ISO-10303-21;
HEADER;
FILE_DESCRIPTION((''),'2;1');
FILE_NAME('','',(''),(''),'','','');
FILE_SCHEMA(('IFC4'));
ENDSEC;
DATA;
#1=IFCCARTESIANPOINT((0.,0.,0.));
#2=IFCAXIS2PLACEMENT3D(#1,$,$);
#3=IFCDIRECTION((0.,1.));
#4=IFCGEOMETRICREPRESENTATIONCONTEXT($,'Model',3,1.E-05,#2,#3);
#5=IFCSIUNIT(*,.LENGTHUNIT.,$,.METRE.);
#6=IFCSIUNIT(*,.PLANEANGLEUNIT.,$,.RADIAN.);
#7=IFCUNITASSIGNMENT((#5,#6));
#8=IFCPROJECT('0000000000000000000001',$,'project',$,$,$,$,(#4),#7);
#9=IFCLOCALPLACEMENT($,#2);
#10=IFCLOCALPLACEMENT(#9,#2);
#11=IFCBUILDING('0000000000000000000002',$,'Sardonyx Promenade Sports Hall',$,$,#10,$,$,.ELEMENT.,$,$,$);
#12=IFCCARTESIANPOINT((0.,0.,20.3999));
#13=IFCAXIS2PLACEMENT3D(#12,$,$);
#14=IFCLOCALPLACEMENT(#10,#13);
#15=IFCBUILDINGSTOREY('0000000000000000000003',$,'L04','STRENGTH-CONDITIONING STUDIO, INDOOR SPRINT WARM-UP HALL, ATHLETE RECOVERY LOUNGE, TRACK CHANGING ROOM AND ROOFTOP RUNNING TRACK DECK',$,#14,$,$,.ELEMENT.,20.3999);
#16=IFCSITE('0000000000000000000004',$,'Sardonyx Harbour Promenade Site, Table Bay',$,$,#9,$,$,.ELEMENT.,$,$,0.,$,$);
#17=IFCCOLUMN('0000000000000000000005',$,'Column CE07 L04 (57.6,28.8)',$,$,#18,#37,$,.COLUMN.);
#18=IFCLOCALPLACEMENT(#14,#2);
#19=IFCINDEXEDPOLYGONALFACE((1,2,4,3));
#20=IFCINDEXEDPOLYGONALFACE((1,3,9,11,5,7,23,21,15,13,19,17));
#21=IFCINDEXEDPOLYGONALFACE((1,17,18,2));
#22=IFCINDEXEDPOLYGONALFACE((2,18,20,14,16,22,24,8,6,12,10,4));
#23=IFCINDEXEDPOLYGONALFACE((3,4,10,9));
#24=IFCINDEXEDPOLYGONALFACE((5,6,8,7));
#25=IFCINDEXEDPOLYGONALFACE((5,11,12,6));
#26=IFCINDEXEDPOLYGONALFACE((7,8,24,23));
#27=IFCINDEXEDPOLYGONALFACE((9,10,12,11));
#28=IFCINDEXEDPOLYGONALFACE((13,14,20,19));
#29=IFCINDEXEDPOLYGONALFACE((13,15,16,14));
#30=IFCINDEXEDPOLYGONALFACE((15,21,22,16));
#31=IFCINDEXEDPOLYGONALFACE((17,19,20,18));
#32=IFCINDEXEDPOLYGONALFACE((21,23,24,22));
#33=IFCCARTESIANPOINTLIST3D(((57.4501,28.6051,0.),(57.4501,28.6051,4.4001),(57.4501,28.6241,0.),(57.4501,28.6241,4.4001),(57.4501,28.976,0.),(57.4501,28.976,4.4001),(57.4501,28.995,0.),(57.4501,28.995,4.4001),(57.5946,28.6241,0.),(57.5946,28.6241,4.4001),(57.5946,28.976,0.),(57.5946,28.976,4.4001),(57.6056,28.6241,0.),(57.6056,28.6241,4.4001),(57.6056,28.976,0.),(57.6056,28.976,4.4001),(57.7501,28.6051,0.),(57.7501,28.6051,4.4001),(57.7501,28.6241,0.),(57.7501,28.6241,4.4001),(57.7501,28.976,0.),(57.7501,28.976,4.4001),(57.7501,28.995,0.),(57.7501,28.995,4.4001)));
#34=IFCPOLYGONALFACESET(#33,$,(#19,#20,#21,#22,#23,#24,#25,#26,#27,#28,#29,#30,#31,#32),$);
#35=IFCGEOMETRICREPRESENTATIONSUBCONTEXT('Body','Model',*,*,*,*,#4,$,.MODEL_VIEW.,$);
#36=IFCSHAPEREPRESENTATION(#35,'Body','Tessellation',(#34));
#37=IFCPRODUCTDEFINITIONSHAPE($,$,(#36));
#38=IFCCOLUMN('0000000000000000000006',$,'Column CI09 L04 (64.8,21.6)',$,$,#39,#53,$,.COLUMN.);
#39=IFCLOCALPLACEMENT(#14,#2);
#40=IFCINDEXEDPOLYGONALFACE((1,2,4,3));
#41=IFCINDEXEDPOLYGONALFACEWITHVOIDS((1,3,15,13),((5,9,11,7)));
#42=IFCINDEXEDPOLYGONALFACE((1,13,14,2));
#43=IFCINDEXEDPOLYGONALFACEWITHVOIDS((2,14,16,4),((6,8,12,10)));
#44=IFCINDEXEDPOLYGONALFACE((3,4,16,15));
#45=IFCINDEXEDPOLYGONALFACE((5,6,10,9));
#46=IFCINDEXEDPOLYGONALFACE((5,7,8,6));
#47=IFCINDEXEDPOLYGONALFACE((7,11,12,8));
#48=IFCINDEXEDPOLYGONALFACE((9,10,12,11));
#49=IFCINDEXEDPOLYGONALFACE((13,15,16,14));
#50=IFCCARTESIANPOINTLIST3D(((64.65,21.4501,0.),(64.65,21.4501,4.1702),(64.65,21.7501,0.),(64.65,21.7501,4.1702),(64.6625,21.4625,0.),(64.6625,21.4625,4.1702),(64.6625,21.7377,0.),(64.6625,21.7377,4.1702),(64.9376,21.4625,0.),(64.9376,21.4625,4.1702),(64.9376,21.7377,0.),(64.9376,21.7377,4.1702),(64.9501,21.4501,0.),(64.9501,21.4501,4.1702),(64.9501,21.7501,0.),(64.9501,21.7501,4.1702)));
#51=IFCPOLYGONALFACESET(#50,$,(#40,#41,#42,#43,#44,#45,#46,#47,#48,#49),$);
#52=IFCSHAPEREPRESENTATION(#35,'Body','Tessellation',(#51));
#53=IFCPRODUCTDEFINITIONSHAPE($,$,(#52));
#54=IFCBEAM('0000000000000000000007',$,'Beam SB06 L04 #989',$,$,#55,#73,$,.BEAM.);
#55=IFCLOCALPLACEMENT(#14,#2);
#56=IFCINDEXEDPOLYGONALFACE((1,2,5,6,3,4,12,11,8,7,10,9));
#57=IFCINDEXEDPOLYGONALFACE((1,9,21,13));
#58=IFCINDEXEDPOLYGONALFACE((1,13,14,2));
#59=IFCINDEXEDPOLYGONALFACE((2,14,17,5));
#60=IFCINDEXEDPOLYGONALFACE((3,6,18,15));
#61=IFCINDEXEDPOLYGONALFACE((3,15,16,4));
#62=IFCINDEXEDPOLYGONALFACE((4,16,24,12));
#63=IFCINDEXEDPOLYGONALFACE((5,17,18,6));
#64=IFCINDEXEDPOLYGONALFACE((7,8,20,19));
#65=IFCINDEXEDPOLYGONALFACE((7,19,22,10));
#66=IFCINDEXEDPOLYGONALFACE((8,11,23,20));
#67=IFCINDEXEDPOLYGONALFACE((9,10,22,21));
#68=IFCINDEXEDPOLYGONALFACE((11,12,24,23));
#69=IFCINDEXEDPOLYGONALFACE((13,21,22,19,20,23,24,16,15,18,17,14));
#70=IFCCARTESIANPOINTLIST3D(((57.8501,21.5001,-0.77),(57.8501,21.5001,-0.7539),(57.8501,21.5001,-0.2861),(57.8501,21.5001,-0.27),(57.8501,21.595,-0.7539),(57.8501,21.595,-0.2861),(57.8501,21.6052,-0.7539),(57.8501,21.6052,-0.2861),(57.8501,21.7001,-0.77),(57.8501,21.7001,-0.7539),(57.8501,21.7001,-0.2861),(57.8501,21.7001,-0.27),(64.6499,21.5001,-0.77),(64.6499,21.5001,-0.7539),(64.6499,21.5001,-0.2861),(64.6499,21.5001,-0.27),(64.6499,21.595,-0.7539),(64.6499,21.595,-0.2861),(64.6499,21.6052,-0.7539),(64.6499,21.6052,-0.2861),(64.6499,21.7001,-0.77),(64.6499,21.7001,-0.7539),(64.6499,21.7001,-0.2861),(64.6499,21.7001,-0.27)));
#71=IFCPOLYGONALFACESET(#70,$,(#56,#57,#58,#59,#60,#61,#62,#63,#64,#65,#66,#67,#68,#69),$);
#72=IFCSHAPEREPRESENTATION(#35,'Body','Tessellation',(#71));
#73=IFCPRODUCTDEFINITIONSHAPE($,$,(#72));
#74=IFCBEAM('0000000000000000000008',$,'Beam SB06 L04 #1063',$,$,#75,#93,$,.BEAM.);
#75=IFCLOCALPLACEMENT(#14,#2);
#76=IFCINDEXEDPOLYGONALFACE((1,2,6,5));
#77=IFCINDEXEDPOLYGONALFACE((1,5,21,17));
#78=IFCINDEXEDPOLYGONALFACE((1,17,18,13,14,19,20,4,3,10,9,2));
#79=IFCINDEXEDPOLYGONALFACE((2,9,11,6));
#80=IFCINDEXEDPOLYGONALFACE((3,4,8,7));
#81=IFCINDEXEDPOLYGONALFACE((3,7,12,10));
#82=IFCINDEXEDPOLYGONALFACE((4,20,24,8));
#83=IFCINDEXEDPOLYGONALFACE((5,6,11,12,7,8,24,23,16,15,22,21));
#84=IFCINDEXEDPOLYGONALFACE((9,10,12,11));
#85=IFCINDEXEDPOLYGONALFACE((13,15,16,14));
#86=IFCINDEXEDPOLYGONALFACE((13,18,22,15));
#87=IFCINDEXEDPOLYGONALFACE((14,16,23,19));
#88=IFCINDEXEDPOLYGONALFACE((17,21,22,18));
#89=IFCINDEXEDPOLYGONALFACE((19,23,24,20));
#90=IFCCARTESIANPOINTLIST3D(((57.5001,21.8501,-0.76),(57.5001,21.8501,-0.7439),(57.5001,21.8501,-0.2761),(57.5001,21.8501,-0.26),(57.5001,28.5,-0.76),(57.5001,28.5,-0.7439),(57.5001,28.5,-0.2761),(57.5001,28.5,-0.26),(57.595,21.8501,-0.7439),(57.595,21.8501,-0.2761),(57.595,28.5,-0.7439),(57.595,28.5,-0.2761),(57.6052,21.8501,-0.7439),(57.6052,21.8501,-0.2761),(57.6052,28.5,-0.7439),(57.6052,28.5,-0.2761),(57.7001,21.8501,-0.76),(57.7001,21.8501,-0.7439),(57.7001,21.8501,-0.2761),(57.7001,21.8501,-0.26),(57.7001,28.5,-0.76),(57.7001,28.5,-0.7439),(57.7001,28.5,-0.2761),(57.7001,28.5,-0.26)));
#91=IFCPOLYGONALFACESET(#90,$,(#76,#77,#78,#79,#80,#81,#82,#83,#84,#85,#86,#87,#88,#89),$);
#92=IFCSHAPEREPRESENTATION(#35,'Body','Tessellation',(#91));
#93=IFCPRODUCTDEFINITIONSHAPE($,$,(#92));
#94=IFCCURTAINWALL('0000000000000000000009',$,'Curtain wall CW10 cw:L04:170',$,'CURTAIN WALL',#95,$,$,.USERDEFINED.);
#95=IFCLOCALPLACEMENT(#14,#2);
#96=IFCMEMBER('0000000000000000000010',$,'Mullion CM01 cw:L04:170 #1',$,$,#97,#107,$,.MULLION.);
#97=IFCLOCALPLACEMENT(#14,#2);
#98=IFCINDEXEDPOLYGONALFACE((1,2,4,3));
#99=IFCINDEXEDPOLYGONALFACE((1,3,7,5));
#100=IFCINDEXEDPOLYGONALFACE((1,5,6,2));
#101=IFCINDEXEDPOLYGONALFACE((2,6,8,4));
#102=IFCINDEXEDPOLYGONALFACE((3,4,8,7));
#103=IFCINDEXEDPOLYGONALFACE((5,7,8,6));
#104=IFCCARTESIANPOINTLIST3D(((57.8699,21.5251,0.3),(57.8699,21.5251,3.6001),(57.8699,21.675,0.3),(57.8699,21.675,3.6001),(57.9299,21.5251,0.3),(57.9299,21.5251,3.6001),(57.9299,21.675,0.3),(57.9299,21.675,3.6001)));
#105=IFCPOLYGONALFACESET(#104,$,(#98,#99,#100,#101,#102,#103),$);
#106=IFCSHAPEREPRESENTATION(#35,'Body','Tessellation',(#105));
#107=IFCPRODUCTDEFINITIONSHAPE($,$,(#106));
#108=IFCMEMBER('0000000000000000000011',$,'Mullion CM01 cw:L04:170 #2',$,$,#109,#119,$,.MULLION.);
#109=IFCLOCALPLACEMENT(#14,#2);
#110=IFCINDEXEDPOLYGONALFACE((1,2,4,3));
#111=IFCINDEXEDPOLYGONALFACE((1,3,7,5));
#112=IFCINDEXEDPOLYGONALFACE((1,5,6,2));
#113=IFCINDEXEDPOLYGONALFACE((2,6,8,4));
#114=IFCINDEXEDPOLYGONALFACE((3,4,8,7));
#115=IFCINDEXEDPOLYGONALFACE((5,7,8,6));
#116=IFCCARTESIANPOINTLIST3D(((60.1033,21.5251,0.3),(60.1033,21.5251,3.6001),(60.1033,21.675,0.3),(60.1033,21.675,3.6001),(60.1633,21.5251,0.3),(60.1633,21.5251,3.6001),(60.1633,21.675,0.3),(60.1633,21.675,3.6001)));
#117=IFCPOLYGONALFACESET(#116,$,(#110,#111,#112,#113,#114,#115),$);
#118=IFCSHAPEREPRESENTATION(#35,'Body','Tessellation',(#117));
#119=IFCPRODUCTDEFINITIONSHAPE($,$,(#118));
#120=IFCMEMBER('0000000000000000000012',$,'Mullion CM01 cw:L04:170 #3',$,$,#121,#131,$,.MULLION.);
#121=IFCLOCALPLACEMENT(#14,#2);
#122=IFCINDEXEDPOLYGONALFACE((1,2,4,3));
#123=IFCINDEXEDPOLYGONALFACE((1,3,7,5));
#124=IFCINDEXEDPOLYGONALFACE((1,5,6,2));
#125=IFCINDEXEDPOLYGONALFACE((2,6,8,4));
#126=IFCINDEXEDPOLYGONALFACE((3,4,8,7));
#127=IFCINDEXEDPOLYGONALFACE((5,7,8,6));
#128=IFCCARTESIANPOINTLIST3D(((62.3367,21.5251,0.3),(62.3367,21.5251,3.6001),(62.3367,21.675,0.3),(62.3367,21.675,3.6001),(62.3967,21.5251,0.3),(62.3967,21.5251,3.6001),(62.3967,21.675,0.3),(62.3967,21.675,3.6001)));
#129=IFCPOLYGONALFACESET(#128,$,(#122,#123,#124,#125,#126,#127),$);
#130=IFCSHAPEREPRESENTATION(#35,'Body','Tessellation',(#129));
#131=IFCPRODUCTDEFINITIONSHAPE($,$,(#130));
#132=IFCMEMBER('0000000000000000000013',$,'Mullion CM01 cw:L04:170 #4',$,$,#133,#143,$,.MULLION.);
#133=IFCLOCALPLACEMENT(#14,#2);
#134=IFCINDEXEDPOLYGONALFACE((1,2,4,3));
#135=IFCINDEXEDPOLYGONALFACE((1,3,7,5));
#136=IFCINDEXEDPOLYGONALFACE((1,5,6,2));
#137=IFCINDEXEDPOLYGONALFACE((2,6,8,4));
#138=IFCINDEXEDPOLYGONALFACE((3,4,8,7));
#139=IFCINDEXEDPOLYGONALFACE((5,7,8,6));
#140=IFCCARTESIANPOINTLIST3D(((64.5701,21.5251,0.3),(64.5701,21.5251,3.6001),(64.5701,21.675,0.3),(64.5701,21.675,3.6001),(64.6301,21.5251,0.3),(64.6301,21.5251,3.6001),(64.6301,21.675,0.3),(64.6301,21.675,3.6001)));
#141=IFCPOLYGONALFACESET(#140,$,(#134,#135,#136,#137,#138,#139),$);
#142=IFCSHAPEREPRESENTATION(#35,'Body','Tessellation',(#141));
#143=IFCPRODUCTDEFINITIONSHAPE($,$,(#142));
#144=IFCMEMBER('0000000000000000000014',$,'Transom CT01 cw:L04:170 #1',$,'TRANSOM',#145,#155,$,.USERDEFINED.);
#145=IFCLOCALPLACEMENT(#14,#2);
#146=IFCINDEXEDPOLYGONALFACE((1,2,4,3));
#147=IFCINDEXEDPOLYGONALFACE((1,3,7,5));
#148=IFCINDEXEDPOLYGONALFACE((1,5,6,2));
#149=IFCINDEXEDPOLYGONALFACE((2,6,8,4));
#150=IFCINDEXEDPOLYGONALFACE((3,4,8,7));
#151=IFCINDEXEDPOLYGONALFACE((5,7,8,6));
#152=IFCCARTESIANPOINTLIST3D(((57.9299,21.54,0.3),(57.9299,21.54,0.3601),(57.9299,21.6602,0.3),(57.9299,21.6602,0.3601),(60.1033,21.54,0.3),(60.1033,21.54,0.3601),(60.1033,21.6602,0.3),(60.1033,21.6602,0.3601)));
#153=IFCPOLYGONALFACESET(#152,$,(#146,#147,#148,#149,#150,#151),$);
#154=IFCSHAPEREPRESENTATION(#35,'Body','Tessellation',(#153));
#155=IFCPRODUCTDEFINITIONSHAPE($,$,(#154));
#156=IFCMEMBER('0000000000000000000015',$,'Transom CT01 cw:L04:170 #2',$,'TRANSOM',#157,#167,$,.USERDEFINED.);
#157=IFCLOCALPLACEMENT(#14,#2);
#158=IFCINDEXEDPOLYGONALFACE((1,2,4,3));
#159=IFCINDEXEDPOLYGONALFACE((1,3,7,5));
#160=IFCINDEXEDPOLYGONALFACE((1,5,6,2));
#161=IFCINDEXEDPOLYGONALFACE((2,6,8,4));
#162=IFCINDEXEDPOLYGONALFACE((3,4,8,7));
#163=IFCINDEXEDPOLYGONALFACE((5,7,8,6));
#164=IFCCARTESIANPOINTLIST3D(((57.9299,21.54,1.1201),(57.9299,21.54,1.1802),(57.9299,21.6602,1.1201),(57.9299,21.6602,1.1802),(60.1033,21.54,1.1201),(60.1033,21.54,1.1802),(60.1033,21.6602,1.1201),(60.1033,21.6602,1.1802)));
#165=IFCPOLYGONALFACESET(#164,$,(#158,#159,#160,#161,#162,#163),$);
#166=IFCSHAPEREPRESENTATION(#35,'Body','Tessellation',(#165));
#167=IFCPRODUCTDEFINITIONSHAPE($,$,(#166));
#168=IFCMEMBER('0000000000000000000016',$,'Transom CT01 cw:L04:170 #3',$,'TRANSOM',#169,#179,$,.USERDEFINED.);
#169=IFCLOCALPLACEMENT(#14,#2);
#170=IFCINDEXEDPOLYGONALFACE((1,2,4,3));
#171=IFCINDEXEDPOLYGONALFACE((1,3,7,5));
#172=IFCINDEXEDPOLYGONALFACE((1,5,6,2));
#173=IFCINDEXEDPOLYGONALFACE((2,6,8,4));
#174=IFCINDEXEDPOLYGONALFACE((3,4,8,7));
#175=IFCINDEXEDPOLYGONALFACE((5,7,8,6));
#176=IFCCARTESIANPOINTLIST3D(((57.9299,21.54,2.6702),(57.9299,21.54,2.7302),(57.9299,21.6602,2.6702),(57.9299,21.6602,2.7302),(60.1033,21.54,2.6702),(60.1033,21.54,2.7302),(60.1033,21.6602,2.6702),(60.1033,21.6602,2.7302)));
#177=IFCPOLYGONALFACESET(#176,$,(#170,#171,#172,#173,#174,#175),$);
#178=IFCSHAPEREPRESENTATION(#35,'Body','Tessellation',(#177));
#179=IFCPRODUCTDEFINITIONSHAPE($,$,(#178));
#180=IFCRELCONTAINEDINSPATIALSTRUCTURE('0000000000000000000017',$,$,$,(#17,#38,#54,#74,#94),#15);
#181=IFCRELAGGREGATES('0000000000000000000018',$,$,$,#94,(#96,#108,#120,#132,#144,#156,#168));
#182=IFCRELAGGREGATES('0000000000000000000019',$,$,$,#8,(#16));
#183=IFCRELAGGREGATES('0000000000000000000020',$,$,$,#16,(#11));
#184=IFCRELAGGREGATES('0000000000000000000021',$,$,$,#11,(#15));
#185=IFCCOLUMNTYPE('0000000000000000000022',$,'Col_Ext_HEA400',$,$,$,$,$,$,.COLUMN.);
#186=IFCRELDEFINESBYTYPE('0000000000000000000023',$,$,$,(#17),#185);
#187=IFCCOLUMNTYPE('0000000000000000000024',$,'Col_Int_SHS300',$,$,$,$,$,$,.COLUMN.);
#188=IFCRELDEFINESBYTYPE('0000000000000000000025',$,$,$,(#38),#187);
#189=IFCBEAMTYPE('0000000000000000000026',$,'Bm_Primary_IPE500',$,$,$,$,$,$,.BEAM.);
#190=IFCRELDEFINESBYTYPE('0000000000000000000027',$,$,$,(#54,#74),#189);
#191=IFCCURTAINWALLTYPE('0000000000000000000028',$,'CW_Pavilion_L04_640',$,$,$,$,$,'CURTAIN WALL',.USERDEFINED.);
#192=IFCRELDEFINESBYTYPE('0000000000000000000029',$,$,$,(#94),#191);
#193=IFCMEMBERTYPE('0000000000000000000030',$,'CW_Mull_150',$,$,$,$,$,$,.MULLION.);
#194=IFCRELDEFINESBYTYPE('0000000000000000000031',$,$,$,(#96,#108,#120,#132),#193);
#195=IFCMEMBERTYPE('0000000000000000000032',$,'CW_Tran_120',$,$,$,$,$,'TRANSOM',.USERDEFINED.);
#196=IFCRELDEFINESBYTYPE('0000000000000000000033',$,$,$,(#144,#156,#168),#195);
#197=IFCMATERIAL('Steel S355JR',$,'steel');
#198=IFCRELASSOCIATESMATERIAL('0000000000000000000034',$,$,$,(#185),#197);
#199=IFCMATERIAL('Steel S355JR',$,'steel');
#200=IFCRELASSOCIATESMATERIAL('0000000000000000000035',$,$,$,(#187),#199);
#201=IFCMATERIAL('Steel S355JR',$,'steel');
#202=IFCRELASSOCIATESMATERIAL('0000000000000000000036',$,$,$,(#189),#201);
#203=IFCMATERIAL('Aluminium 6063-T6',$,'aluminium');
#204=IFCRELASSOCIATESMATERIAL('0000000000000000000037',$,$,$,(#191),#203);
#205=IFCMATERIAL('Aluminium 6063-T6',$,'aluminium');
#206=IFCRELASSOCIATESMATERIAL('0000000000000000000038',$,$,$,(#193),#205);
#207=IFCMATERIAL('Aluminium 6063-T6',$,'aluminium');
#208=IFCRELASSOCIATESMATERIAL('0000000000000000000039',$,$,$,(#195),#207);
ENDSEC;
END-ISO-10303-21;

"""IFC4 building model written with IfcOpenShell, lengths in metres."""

from ifc_helpers import new_model, si_unit, direction, frame, origin, origin_2d, place, context, subcontext, project, spatial, rectangle, hollow_rectangle, i_section, extrude, material, material_profile, profile_set, type_object, element, aggregate, save


model = new_model("IFC4")

# Units and contexts
model_context = context("Model", 3, precision=1e-05, world=origin(), true_north=direction((0.0, 1.0)))
body_context = subcontext(model_context, "Body", "Model", "MODEL_VIEW")
ifc_project = project(units=[si_unit("LENGTHUNIT", "METRE"), si_unit("PLANEANGLEUNIT", "RADIAN")], contexts=[model_context])

# Site, building, storey
site_placement = place(None, origin())
site = spatial("IfcSite", under=ifc_project, at=site_placement, Name="Sardonyx Harbour Promenade Site, Table Bay", CompositionType="ELEMENT", RefElevation=0.0)
building_placement = place(site_placement, origin())
building = spatial("IfcBuilding", under=site, at=building_placement, Name="Sardonyx Promenade Sports Hall", CompositionType="ELEMENT")
storey_placement = place(building_placement, frame((0.0, 0.0, 20.3999)))
storey = spatial("IfcBuildingStorey", under=building, at=storey_placement, Name="L04", Description="STRENGTH-CONDITIONING STUDIO, INDOOR SPRINT WARM-UP HALL, ATHLETE RECOVERY LOUNGE, TRACK CHANGING ROOM AND ROOFTOP RUNNING TRACK DECK", CompositionType="ELEMENT", Elevation=20.3999)

# Columns
ifc_material_1 = material(Name="Steel S355JR", Category="steel")
ifc_material_profile_1 = material_profile(ifc_material_1, i_section(OverallWidth=0.3, OverallDepth=0.3899, WebThickness=0.011, FlangeThickness=0.019, at=origin_2d()))
ifc_profile_set_1 = profile_set([ifc_material_profile_1], Name="Steel S355JR")
column_type_1 = type_object("IfcColumnType", Name="Col_Ext_HEA400", PredefinedType="COLUMN", material=ifc_profile_set_1)
column_1_placement = place(storey_placement, frame((57.6001, 28.8, 0.0), z_axis=(0.0, 0.0, 1.0), x_axis=(1.0, 0.0, 0.0)))
element("IfcColumn", 1, at=column_1_placement, inside=storey, type_object=column_type_1, Name="Column CE07 L04 (57.6,28.8)", PredefinedType="COLUMN", context=body_context, shape_type="SweptSolid", body=[
    extrude(i_section(OverallWidth=0.3, OverallDepth=0.3899, WebThickness=0.011, FlangeThickness=0.019, at=origin_2d()), origin(), (0.0, 0.0, 1.0), 4.4001),
])
ifc_material_2 = material(Name="Steel S355JR", Category="steel")
ifc_material_profile_2 = material_profile(ifc_material_2, hollow_rectangle(XDim=0.3, YDim=0.3, WallThickness=0.0125, at=origin_2d()))
ifc_profile_set_2 = profile_set([ifc_material_profile_2], Name="Steel S355JR")
column_type_2 = type_object("IfcColumnType", Name="Col_Int_SHS300", PredefinedType="COLUMN", material=ifc_profile_set_2)
column_2_placement = place(storey_placement, frame((64.8, 21.6001, 0.0), z_axis=(0.0, 0.0, 1.0), x_axis=(1.0, 0.0, 0.0)))
element("IfcColumn", 2, at=column_2_placement, inside=storey, type_object=column_type_2, Name="Column CI09 L04 (64.8,21.6)", PredefinedType="COLUMN", context=body_context, shape_type="SweptSolid", body=[
    extrude(hollow_rectangle(XDim=0.3, YDim=0.3, WallThickness=0.0125, at=origin_2d()), origin(), (0.0, 0.0, 1.0), 4.1702),
])

# Beams
ifc_material_3 = material(Name="Steel S355JR", Category="steel")
ifc_material_profile_3 = material_profile(ifc_material_3, i_section(OverallWidth=0.2, OverallDepth=0.5, WebThickness=0.0103, FlangeThickness=0.0161, at=origin_2d()))
ifc_profile_set_3 = profile_set([ifc_material_profile_3], Name="Steel S355JR")
beam_type = type_object("IfcBeamType", Name="Bm_Primary_IPE500", PredefinedType="BEAM", material=ifc_profile_set_3)
beam_1_placement = place(storey_placement, frame((57.8501, 21.6001, -0.52), z_axis=(1.0, 0.0, 0.0), x_axis=(0.0, 1.0, 0.0)))
element("IfcBeam", 3, at=beam_1_placement, inside=storey, type_object=beam_type, Name="Beam SB06 L04 #989", PredefinedType="BEAM", context=body_context, shape_type="SweptSolid", body=[
    extrude(i_section(OverallWidth=0.2, OverallDepth=0.5, WebThickness=0.0103, FlangeThickness=0.0161, at=origin_2d()), origin(), (0.0, 0.0, 1.0), 6.7998),
])
beam_2_placement = place(storey_placement, frame((57.6001, 21.8501, -0.51), z_axis=(0.0, 1.0, 0.0), x_axis=(-1.0, 0.0, 0.0)))
element("IfcBeam", 4, at=beam_2_placement, inside=storey, type_object=beam_type, Name="Beam SB06 L04 #1063", PredefinedType="BEAM", context=body_context, shape_type="SweptSolid", body=[
    extrude(i_section(OverallWidth=0.2, OverallDepth=0.5, WebThickness=0.0103, FlangeThickness=0.0161, at=origin_2d()), origin(), (0.0, 0.0, 1.0), 6.6499),
])

# Curtain wall, members
ifc_material_4 = material(Name="Aluminium 6063-T6", Category="aluminium")
curtain_wall_type = type_object("IfcCurtainWallType", Name="CW_Pavilion_L04_640", ElementType="CURTAIN WALL", PredefinedType="USERDEFINED", material=ifc_material_4)
curtain_wall_placement = place(storey_placement, origin())
curtain_wall = element("IfcCurtainWall", 5, at=curtain_wall_placement, inside=storey, type_object=curtain_wall_type, Name="Curtain wall CW10 cw:L04:170", ObjectType="CURTAIN WALL", PredefinedType="USERDEFINED")
ifc_material_5 = material(Name="Aluminium 6063-T6", Category="aluminium")
ifc_material_profile_4 = material_profile(ifc_material_5, rectangle(XDim=0.0601, YDim=0.1499, at=origin_2d()))
ifc_profile_set_4 = profile_set([ifc_material_profile_4], Name="Aluminium 6063-T6")
member_type_1 = type_object("IfcMemberType", Name="CW_Mull_150", PredefinedType="MULLION", material=ifc_profile_set_4)
member_1_placement = place(storey_placement, frame((57.8999, 21.6001, 0.3), z_axis=(0.0, 0.0, 1.0), x_axis=(1.0, 0.0, 0.0)))
member_1 = element("IfcMember", 6, at=member_1_placement, type_object=member_type_1, Name="Mullion CM01 cw:L04:170 #1", PredefinedType="MULLION", context=body_context, shape_type="SweptSolid", body=[
    extrude(rectangle(XDim=0.0601, YDim=0.1499, at=origin_2d()), origin(), (0.0, 0.0, 1.0), 3.3),
])
member_2_placement = place(storey_placement, frame((60.1333, 21.6001, 0.3), z_axis=(0.0, 0.0, 1.0), x_axis=(1.0, 0.0, 0.0)))
member_2 = element("IfcMember", 7, at=member_2_placement, type_object=member_type_1, Name="Mullion CM01 cw:L04:170 #2", PredefinedType="MULLION", context=body_context, shape_type="SweptSolid", body=[
    extrude(rectangle(XDim=0.0601, YDim=0.1499, at=origin_2d()), origin(), (0.0, 0.0, 1.0), 3.3),
])
member_3_placement = place(storey_placement, frame((62.3667, 21.6001, 0.3), z_axis=(0.0, 0.0, 1.0), x_axis=(1.0, 0.0, 0.0)))
member_3 = element("IfcMember", 8, at=member_3_placement, type_object=member_type_1, Name="Mullion CM01 cw:L04:170 #3", PredefinedType="MULLION", context=body_context, shape_type="SweptSolid", body=[
    extrude(rectangle(XDim=0.0601, YDim=0.1499, at=origin_2d()), origin(), (0.0, 0.0, 1.0), 3.3),
])
member_4_placement = place(storey_placement, frame((64.6001, 21.6001, 0.3), z_axis=(0.0, 0.0, 1.0), x_axis=(1.0, 0.0, 0.0)))
member_4 = element("IfcMember", 9, at=member_4_placement, type_object=member_type_1, Name="Mullion CM01 cw:L04:170 #4", PredefinedType="MULLION", context=body_context, shape_type="SweptSolid", body=[
    extrude(rectangle(XDim=0.0601, YDim=0.1499, at=origin_2d()), origin(), (0.0, 0.0, 1.0), 3.3),
])
ifc_material_6 = material(Name="Aluminium 6063-T6", Category="aluminium")
ifc_material_profile_5 = material_profile(ifc_material_6, rectangle(XDim=0.0601, YDim=0.1201, at=origin_2d()))
ifc_profile_set_5 = profile_set([ifc_material_profile_5], Name="Aluminium 6063-T6")
member_type_2 = type_object("IfcMemberType", Name="CW_Tran_120", ElementType="TRANSOM", PredefinedType="USERDEFINED", material=ifc_profile_set_5)
member_5_placement = place(storey_placement, frame((57.9299, 21.6001, 0.3301), z_axis=(1.0, 0.0, 0.0), x_axis=(0.0, 0.0, 1.0)))
member_5 = element("IfcMember", 10, at=member_5_placement, type_object=member_type_2, Name="Transom CT01 cw:L04:170 #1", ObjectType="TRANSOM", PredefinedType="USERDEFINED", context=body_context, shape_type="SweptSolid", body=[
    extrude(rectangle(XDim=0.0601, YDim=0.1201, at=origin_2d()), origin(), (0.0, 0.0, 1.0), 2.1733),
])
member_6_placement = place(storey_placement, frame((57.9299, 21.6001, 1.1501), z_axis=(1.0, 0.0, 0.0), x_axis=(0.0, 0.0, 1.0)))
member_6 = element("IfcMember", 11, at=member_6_placement, type_object=member_type_2, Name="Transom CT01 cw:L04:170 #2", ObjectType="TRANSOM", PredefinedType="USERDEFINED", context=body_context, shape_type="SweptSolid", body=[
    extrude(rectangle(XDim=0.0601, YDim=0.1201, at=origin_2d()), origin(), (0.0, 0.0, 1.0), 2.1733),
])
member_7_placement = place(storey_placement, frame((57.9299, 21.6001, 2.7002), z_axis=(1.0, 0.0, 0.0), x_axis=(0.0, 0.0, 1.0)))
member_7 = element("IfcMember", 12, at=member_7_placement, type_object=member_type_2, Name="Transom CT01 cw:L04:170 #3", ObjectType="TRANSOM", PredefinedType="USERDEFINED", context=body_context, shape_type="SweptSolid", body=[
    extrude(rectangle(XDim=0.0601, YDim=0.1201, at=origin_2d()), origin(), (0.0, 0.0, 1.0), 2.1733),
])
aggregate(curtain_wall, [member_1, member_2, member_3, member_4, member_5, member_6, member_7])

save(model, "model.ifc")
